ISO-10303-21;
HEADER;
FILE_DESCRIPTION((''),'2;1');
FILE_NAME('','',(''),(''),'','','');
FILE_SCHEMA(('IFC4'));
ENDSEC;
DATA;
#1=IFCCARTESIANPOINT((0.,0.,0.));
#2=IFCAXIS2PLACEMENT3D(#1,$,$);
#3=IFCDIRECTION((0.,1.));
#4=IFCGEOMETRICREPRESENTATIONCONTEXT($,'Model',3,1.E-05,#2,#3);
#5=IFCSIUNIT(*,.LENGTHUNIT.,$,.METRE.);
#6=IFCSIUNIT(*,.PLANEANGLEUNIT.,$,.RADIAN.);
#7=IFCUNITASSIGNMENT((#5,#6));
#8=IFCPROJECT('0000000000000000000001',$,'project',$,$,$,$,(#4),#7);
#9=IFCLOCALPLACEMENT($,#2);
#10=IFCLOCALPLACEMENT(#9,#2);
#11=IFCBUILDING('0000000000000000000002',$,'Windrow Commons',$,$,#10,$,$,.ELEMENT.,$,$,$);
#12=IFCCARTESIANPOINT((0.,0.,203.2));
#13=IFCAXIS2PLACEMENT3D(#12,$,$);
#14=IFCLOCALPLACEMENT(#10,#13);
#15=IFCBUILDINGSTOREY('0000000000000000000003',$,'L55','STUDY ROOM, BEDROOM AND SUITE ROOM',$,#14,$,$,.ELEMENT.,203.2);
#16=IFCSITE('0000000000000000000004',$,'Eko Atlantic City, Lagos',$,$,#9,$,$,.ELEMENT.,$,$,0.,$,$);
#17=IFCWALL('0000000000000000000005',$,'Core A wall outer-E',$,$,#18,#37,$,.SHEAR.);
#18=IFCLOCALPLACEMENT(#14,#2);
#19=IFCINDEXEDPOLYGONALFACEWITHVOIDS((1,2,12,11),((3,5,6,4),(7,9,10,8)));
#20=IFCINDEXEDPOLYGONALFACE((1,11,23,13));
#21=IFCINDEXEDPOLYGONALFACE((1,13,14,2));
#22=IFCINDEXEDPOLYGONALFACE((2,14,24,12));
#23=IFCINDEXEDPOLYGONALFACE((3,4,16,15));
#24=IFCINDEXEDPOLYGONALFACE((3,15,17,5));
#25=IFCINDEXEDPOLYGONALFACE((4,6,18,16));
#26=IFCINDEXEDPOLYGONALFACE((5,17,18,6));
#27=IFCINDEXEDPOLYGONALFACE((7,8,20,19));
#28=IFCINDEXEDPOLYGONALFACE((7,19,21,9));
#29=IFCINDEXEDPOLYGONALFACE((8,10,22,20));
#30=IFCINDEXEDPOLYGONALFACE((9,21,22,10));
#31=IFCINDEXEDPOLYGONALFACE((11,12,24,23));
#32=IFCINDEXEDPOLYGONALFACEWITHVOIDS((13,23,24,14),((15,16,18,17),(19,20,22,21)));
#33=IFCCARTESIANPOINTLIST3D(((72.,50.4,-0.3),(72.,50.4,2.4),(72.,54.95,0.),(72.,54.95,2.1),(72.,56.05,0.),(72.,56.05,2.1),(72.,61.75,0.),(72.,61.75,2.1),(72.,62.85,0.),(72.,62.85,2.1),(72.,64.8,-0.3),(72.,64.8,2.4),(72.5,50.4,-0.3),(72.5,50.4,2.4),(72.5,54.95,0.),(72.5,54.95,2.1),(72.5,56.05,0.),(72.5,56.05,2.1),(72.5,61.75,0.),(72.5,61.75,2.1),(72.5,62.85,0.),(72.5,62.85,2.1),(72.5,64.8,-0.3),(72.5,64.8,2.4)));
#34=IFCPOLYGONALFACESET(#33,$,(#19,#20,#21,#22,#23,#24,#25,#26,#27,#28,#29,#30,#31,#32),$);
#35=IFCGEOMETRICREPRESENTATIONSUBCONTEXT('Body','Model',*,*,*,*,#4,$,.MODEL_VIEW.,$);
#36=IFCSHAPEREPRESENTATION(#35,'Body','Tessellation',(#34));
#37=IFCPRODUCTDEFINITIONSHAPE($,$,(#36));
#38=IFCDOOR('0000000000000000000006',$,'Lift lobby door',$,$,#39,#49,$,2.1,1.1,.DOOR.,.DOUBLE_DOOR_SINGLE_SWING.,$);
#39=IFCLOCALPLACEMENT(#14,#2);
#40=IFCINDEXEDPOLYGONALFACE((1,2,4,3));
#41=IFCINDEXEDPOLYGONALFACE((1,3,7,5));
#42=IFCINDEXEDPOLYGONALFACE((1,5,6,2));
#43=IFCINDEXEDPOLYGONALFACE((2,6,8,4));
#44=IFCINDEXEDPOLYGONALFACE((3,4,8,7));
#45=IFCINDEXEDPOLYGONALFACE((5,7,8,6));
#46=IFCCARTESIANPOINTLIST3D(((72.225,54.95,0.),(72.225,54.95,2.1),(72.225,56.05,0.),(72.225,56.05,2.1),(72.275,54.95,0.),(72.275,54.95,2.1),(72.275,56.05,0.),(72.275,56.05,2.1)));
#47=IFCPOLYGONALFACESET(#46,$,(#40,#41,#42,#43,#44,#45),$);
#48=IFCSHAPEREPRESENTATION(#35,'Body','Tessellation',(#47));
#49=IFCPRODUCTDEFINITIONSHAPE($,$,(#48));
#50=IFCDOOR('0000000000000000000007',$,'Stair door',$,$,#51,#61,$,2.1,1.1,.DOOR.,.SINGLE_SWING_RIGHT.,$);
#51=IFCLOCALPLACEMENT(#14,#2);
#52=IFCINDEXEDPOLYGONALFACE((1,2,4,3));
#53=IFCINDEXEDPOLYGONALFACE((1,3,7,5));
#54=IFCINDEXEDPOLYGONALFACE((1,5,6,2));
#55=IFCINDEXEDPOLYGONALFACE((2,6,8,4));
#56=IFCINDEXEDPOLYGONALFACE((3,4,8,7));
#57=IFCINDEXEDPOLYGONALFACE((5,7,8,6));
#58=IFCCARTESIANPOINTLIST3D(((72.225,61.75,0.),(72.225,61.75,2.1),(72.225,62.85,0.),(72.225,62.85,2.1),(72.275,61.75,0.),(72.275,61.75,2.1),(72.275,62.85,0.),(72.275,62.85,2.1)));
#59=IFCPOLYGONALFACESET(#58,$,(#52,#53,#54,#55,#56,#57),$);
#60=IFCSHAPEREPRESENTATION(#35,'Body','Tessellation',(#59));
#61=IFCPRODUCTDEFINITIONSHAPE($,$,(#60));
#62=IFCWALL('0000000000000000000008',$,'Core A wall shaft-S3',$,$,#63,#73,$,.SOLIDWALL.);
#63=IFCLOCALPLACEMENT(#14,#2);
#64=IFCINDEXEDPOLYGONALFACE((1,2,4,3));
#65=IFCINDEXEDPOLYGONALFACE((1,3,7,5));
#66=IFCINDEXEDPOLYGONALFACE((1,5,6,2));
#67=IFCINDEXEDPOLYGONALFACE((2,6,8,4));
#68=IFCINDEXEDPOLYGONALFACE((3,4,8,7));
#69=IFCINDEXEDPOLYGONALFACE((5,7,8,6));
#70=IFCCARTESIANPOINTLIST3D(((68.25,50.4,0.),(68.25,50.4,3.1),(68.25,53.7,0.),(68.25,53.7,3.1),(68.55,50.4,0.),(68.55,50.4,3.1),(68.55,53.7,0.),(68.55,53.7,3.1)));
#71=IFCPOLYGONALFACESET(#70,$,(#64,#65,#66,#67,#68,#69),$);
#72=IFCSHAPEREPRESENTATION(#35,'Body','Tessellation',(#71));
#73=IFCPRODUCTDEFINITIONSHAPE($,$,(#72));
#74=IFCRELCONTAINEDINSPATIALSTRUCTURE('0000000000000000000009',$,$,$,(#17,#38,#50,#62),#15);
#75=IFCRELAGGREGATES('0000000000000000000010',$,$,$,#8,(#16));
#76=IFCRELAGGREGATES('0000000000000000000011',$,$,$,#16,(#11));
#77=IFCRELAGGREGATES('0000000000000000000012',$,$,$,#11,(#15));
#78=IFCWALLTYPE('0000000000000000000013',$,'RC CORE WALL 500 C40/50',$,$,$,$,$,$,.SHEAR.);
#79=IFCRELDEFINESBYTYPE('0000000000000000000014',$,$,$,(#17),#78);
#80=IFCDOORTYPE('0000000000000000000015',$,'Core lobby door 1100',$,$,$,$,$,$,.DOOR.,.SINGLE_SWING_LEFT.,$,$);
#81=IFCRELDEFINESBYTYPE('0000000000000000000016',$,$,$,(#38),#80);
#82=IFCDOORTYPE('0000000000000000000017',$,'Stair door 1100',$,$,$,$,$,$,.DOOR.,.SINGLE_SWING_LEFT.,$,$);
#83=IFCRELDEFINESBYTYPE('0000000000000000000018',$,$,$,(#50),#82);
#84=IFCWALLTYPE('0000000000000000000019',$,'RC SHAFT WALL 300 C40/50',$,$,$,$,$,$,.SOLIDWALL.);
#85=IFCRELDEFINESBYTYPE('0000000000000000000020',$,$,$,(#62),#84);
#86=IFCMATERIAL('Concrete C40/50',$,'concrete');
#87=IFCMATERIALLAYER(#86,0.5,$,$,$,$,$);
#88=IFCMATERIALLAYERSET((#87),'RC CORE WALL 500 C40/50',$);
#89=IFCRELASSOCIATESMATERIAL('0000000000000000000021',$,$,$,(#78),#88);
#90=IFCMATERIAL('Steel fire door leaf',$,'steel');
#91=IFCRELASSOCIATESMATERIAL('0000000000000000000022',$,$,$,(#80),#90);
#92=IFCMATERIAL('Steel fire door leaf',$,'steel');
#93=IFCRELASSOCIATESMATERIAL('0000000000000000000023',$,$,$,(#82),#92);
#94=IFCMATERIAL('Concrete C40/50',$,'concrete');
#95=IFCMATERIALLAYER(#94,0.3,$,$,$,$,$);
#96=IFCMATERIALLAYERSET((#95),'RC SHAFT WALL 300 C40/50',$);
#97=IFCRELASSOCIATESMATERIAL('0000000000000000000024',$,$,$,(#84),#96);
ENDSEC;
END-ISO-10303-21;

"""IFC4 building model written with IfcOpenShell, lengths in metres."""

from ifc_helpers import new_model, si_unit, direction, frame, frame_2d, origin, place, context, subcontext, project, spatial, rectangle, extrude, material, layer, layer_set, type_object, element, fill, save


model = new_model("IFC4")

# Units and contexts
model_context = context("Model", 3, precision=1e-05, world=origin(), true_north=direction((0.0, 1.0)))
body_context = subcontext(model_context, "Body", "Model", "MODEL_VIEW")
ifc_project = project(units=[si_unit("LENGTHUNIT", "METRE"), si_unit("PLANEANGLEUNIT", "RADIAN")], contexts=[model_context])

# Site, building, storey
site_placement = place(None, origin())
site = spatial("IfcSite", under=ifc_project, at=site_placement, Name="Eko Atlantic City, Lagos", CompositionType="ELEMENT", RefElevation=0.0)
building_placement = place(site_placement, origin())
building = spatial("IfcBuilding", under=site, at=building_placement, Name="Windrow Commons", CompositionType="ELEMENT")
storey_placement = place(building_placement, frame((0.0, 0.0, 203.2)))
storey = spatial("IfcBuildingStorey", under=building, at=storey_placement, Name="L55", Description="STUDY ROOM, BEDROOM AND SUITE ROOM", CompositionType="ELEMENT", Elevation=203.2)

# Wall, openings, doors
ifc_material_1 = material(Name="Concrete C40/50", Category="concrete")
ifc_layer_1 = layer(ifc_material_1, 0.5)
ifc_layer_set_1 = layer_set([ifc_layer_1], Name="RC CORE WALL 500 C40/50")
wall_type_1 = type_object("IfcWallType", Name="RC CORE WALL 500 C40/50", PredefinedType="SHEAR", material=ifc_layer_set_1)
wall_1_placement = place(storey_placement, frame((72.25, 50.4, -0.3), z_axis=(0.0, 0.0, 1.0), x_axis=(0.0, 1.0, 0.0)))
wall_1 = element("IfcWall", 1, at=wall_1_placement, inside=storey, type_object=wall_type_1, Name="Core A wall outer-E", PredefinedType="SHEAR", context=body_context, shape_type="SweptSolid", body=[
    extrude(rectangle(XDim=14.4, YDim=0.5, at=frame_2d((7.2, 0.0))), origin(), (0.0, 0.0, 1.0), 2.7),
])
opening_1_placement = place(wall_1_placement, frame((4.55, 0.0, 0.3)))
opening_1 = element("IfcOpeningElement", 2, at=opening_1_placement, cuts=wall_1, PredefinedType="OPENING", context=body_context, shape_type="SweptSolid", body=[
    extrude(rectangle(XDim=1.1, YDim=2.1, at=frame_2d((0.55, 1.05))), frame((0.0, 0.26, 0.0), z_axis=(0.0, -1.0, 0.0), x_axis=(1.0, 0.0, 0.0)), (0.0, 0.0, 1.0), 0.52),
])
opening_2_placement = place(wall_1_placement, frame((11.35, 0.0, 0.3)))
opening_2 = element("IfcOpeningElement", 3, at=opening_2_placement, cuts=wall_1, PredefinedType="OPENING", context=body_context, shape_type="SweptSolid", body=[
    extrude(rectangle(XDim=1.1, YDim=2.1, at=frame_2d((0.55, 1.05))), frame((0.0, 0.26, 0.0), z_axis=(0.0, -1.0, 0.0), x_axis=(1.0, 0.0, 0.0)), (0.0, 0.0, 1.0), 0.52),
])
ifc_material_2 = material(Name="Steel fire door leaf", Category="steel")
door_type_1 = type_object("IfcDoorType", Name="Core lobby door 1100", OperationType="SINGLE_SWING_LEFT", PredefinedType="DOOR", material=ifc_material_2)
door_1_placement = place(opening_1_placement, origin())
door_1 = element("IfcDoor", 4, at=door_1_placement, inside=storey, type_object=door_type_1, Name="Lift lobby door", OperationType="DOUBLE_DOOR_SINGLE_SWING", OverallHeight=2.1, OverallWidth=1.1, PredefinedType="DOOR", context=body_context, shape_type="SweptSolid", body=[
    extrude(rectangle(XDim=1.1, YDim=2.1, at=frame_2d((0.55, 1.05))), frame((0.0, 0.025, 0.0), z_axis=(0.0, -1.0, 0.0), x_axis=(1.0, 0.0, 0.0)), (0.0, 0.0, 1.0), 0.05),
])
fill(opening_1, door_1)
ifc_material_3 = material(Name="Steel fire door leaf", Category="steel")
door_type_2 = type_object("IfcDoorType", Name="Stair door 1100", OperationType="SINGLE_SWING_LEFT", PredefinedType="DOOR", material=ifc_material_3)
door_2_placement = place(opening_2_placement, origin())
door_2 = element("IfcDoor", 5, at=door_2_placement, inside=storey, type_object=door_type_2, Name="Stair door", OperationType="SINGLE_SWING_RIGHT", OverallHeight=2.1, OverallWidth=1.1, PredefinedType="DOOR", context=body_context, shape_type="SweptSolid", body=[
    extrude(rectangle(XDim=1.1, YDim=2.1, at=frame_2d((0.55, 1.05))), frame((0.0, 0.025, 0.0), z_axis=(0.0, -1.0, 0.0), x_axis=(1.0, 0.0, 0.0)), (0.0, 0.0, 1.0), 0.05),
])
fill(opening_2, door_2)

# Wall
ifc_material_4 = material(Name="Concrete C40/50", Category="concrete")
ifc_layer_2 = layer(ifc_material_4, 0.3)
ifc_layer_set_2 = layer_set([ifc_layer_2], Name="RC SHAFT WALL 300 C40/50")
wall_type_2 = type_object("IfcWallType", Name="RC SHAFT WALL 300 C40/50", PredefinedType="SOLIDWALL", material=ifc_layer_set_2)
wall_2_placement = place(storey_placement, frame((68.4, 50.4, 0.0), z_axis=(0.0, 0.0, 1.0), x_axis=(0.0, 1.0, 0.0)))
element("IfcWall", 6, at=wall_2_placement, inside=storey, type_object=wall_type_2, Name="Core A wall shaft-S3", PredefinedType="SOLIDWALL", context=body_context, shape_type="SweptSolid", body=[
    extrude(rectangle(XDim=3.3, YDim=0.3, at=frame_2d((1.65, 0.0))), origin(), (0.0, 0.0, 1.0), 3.1),
])

save(model, "model.ifc")
